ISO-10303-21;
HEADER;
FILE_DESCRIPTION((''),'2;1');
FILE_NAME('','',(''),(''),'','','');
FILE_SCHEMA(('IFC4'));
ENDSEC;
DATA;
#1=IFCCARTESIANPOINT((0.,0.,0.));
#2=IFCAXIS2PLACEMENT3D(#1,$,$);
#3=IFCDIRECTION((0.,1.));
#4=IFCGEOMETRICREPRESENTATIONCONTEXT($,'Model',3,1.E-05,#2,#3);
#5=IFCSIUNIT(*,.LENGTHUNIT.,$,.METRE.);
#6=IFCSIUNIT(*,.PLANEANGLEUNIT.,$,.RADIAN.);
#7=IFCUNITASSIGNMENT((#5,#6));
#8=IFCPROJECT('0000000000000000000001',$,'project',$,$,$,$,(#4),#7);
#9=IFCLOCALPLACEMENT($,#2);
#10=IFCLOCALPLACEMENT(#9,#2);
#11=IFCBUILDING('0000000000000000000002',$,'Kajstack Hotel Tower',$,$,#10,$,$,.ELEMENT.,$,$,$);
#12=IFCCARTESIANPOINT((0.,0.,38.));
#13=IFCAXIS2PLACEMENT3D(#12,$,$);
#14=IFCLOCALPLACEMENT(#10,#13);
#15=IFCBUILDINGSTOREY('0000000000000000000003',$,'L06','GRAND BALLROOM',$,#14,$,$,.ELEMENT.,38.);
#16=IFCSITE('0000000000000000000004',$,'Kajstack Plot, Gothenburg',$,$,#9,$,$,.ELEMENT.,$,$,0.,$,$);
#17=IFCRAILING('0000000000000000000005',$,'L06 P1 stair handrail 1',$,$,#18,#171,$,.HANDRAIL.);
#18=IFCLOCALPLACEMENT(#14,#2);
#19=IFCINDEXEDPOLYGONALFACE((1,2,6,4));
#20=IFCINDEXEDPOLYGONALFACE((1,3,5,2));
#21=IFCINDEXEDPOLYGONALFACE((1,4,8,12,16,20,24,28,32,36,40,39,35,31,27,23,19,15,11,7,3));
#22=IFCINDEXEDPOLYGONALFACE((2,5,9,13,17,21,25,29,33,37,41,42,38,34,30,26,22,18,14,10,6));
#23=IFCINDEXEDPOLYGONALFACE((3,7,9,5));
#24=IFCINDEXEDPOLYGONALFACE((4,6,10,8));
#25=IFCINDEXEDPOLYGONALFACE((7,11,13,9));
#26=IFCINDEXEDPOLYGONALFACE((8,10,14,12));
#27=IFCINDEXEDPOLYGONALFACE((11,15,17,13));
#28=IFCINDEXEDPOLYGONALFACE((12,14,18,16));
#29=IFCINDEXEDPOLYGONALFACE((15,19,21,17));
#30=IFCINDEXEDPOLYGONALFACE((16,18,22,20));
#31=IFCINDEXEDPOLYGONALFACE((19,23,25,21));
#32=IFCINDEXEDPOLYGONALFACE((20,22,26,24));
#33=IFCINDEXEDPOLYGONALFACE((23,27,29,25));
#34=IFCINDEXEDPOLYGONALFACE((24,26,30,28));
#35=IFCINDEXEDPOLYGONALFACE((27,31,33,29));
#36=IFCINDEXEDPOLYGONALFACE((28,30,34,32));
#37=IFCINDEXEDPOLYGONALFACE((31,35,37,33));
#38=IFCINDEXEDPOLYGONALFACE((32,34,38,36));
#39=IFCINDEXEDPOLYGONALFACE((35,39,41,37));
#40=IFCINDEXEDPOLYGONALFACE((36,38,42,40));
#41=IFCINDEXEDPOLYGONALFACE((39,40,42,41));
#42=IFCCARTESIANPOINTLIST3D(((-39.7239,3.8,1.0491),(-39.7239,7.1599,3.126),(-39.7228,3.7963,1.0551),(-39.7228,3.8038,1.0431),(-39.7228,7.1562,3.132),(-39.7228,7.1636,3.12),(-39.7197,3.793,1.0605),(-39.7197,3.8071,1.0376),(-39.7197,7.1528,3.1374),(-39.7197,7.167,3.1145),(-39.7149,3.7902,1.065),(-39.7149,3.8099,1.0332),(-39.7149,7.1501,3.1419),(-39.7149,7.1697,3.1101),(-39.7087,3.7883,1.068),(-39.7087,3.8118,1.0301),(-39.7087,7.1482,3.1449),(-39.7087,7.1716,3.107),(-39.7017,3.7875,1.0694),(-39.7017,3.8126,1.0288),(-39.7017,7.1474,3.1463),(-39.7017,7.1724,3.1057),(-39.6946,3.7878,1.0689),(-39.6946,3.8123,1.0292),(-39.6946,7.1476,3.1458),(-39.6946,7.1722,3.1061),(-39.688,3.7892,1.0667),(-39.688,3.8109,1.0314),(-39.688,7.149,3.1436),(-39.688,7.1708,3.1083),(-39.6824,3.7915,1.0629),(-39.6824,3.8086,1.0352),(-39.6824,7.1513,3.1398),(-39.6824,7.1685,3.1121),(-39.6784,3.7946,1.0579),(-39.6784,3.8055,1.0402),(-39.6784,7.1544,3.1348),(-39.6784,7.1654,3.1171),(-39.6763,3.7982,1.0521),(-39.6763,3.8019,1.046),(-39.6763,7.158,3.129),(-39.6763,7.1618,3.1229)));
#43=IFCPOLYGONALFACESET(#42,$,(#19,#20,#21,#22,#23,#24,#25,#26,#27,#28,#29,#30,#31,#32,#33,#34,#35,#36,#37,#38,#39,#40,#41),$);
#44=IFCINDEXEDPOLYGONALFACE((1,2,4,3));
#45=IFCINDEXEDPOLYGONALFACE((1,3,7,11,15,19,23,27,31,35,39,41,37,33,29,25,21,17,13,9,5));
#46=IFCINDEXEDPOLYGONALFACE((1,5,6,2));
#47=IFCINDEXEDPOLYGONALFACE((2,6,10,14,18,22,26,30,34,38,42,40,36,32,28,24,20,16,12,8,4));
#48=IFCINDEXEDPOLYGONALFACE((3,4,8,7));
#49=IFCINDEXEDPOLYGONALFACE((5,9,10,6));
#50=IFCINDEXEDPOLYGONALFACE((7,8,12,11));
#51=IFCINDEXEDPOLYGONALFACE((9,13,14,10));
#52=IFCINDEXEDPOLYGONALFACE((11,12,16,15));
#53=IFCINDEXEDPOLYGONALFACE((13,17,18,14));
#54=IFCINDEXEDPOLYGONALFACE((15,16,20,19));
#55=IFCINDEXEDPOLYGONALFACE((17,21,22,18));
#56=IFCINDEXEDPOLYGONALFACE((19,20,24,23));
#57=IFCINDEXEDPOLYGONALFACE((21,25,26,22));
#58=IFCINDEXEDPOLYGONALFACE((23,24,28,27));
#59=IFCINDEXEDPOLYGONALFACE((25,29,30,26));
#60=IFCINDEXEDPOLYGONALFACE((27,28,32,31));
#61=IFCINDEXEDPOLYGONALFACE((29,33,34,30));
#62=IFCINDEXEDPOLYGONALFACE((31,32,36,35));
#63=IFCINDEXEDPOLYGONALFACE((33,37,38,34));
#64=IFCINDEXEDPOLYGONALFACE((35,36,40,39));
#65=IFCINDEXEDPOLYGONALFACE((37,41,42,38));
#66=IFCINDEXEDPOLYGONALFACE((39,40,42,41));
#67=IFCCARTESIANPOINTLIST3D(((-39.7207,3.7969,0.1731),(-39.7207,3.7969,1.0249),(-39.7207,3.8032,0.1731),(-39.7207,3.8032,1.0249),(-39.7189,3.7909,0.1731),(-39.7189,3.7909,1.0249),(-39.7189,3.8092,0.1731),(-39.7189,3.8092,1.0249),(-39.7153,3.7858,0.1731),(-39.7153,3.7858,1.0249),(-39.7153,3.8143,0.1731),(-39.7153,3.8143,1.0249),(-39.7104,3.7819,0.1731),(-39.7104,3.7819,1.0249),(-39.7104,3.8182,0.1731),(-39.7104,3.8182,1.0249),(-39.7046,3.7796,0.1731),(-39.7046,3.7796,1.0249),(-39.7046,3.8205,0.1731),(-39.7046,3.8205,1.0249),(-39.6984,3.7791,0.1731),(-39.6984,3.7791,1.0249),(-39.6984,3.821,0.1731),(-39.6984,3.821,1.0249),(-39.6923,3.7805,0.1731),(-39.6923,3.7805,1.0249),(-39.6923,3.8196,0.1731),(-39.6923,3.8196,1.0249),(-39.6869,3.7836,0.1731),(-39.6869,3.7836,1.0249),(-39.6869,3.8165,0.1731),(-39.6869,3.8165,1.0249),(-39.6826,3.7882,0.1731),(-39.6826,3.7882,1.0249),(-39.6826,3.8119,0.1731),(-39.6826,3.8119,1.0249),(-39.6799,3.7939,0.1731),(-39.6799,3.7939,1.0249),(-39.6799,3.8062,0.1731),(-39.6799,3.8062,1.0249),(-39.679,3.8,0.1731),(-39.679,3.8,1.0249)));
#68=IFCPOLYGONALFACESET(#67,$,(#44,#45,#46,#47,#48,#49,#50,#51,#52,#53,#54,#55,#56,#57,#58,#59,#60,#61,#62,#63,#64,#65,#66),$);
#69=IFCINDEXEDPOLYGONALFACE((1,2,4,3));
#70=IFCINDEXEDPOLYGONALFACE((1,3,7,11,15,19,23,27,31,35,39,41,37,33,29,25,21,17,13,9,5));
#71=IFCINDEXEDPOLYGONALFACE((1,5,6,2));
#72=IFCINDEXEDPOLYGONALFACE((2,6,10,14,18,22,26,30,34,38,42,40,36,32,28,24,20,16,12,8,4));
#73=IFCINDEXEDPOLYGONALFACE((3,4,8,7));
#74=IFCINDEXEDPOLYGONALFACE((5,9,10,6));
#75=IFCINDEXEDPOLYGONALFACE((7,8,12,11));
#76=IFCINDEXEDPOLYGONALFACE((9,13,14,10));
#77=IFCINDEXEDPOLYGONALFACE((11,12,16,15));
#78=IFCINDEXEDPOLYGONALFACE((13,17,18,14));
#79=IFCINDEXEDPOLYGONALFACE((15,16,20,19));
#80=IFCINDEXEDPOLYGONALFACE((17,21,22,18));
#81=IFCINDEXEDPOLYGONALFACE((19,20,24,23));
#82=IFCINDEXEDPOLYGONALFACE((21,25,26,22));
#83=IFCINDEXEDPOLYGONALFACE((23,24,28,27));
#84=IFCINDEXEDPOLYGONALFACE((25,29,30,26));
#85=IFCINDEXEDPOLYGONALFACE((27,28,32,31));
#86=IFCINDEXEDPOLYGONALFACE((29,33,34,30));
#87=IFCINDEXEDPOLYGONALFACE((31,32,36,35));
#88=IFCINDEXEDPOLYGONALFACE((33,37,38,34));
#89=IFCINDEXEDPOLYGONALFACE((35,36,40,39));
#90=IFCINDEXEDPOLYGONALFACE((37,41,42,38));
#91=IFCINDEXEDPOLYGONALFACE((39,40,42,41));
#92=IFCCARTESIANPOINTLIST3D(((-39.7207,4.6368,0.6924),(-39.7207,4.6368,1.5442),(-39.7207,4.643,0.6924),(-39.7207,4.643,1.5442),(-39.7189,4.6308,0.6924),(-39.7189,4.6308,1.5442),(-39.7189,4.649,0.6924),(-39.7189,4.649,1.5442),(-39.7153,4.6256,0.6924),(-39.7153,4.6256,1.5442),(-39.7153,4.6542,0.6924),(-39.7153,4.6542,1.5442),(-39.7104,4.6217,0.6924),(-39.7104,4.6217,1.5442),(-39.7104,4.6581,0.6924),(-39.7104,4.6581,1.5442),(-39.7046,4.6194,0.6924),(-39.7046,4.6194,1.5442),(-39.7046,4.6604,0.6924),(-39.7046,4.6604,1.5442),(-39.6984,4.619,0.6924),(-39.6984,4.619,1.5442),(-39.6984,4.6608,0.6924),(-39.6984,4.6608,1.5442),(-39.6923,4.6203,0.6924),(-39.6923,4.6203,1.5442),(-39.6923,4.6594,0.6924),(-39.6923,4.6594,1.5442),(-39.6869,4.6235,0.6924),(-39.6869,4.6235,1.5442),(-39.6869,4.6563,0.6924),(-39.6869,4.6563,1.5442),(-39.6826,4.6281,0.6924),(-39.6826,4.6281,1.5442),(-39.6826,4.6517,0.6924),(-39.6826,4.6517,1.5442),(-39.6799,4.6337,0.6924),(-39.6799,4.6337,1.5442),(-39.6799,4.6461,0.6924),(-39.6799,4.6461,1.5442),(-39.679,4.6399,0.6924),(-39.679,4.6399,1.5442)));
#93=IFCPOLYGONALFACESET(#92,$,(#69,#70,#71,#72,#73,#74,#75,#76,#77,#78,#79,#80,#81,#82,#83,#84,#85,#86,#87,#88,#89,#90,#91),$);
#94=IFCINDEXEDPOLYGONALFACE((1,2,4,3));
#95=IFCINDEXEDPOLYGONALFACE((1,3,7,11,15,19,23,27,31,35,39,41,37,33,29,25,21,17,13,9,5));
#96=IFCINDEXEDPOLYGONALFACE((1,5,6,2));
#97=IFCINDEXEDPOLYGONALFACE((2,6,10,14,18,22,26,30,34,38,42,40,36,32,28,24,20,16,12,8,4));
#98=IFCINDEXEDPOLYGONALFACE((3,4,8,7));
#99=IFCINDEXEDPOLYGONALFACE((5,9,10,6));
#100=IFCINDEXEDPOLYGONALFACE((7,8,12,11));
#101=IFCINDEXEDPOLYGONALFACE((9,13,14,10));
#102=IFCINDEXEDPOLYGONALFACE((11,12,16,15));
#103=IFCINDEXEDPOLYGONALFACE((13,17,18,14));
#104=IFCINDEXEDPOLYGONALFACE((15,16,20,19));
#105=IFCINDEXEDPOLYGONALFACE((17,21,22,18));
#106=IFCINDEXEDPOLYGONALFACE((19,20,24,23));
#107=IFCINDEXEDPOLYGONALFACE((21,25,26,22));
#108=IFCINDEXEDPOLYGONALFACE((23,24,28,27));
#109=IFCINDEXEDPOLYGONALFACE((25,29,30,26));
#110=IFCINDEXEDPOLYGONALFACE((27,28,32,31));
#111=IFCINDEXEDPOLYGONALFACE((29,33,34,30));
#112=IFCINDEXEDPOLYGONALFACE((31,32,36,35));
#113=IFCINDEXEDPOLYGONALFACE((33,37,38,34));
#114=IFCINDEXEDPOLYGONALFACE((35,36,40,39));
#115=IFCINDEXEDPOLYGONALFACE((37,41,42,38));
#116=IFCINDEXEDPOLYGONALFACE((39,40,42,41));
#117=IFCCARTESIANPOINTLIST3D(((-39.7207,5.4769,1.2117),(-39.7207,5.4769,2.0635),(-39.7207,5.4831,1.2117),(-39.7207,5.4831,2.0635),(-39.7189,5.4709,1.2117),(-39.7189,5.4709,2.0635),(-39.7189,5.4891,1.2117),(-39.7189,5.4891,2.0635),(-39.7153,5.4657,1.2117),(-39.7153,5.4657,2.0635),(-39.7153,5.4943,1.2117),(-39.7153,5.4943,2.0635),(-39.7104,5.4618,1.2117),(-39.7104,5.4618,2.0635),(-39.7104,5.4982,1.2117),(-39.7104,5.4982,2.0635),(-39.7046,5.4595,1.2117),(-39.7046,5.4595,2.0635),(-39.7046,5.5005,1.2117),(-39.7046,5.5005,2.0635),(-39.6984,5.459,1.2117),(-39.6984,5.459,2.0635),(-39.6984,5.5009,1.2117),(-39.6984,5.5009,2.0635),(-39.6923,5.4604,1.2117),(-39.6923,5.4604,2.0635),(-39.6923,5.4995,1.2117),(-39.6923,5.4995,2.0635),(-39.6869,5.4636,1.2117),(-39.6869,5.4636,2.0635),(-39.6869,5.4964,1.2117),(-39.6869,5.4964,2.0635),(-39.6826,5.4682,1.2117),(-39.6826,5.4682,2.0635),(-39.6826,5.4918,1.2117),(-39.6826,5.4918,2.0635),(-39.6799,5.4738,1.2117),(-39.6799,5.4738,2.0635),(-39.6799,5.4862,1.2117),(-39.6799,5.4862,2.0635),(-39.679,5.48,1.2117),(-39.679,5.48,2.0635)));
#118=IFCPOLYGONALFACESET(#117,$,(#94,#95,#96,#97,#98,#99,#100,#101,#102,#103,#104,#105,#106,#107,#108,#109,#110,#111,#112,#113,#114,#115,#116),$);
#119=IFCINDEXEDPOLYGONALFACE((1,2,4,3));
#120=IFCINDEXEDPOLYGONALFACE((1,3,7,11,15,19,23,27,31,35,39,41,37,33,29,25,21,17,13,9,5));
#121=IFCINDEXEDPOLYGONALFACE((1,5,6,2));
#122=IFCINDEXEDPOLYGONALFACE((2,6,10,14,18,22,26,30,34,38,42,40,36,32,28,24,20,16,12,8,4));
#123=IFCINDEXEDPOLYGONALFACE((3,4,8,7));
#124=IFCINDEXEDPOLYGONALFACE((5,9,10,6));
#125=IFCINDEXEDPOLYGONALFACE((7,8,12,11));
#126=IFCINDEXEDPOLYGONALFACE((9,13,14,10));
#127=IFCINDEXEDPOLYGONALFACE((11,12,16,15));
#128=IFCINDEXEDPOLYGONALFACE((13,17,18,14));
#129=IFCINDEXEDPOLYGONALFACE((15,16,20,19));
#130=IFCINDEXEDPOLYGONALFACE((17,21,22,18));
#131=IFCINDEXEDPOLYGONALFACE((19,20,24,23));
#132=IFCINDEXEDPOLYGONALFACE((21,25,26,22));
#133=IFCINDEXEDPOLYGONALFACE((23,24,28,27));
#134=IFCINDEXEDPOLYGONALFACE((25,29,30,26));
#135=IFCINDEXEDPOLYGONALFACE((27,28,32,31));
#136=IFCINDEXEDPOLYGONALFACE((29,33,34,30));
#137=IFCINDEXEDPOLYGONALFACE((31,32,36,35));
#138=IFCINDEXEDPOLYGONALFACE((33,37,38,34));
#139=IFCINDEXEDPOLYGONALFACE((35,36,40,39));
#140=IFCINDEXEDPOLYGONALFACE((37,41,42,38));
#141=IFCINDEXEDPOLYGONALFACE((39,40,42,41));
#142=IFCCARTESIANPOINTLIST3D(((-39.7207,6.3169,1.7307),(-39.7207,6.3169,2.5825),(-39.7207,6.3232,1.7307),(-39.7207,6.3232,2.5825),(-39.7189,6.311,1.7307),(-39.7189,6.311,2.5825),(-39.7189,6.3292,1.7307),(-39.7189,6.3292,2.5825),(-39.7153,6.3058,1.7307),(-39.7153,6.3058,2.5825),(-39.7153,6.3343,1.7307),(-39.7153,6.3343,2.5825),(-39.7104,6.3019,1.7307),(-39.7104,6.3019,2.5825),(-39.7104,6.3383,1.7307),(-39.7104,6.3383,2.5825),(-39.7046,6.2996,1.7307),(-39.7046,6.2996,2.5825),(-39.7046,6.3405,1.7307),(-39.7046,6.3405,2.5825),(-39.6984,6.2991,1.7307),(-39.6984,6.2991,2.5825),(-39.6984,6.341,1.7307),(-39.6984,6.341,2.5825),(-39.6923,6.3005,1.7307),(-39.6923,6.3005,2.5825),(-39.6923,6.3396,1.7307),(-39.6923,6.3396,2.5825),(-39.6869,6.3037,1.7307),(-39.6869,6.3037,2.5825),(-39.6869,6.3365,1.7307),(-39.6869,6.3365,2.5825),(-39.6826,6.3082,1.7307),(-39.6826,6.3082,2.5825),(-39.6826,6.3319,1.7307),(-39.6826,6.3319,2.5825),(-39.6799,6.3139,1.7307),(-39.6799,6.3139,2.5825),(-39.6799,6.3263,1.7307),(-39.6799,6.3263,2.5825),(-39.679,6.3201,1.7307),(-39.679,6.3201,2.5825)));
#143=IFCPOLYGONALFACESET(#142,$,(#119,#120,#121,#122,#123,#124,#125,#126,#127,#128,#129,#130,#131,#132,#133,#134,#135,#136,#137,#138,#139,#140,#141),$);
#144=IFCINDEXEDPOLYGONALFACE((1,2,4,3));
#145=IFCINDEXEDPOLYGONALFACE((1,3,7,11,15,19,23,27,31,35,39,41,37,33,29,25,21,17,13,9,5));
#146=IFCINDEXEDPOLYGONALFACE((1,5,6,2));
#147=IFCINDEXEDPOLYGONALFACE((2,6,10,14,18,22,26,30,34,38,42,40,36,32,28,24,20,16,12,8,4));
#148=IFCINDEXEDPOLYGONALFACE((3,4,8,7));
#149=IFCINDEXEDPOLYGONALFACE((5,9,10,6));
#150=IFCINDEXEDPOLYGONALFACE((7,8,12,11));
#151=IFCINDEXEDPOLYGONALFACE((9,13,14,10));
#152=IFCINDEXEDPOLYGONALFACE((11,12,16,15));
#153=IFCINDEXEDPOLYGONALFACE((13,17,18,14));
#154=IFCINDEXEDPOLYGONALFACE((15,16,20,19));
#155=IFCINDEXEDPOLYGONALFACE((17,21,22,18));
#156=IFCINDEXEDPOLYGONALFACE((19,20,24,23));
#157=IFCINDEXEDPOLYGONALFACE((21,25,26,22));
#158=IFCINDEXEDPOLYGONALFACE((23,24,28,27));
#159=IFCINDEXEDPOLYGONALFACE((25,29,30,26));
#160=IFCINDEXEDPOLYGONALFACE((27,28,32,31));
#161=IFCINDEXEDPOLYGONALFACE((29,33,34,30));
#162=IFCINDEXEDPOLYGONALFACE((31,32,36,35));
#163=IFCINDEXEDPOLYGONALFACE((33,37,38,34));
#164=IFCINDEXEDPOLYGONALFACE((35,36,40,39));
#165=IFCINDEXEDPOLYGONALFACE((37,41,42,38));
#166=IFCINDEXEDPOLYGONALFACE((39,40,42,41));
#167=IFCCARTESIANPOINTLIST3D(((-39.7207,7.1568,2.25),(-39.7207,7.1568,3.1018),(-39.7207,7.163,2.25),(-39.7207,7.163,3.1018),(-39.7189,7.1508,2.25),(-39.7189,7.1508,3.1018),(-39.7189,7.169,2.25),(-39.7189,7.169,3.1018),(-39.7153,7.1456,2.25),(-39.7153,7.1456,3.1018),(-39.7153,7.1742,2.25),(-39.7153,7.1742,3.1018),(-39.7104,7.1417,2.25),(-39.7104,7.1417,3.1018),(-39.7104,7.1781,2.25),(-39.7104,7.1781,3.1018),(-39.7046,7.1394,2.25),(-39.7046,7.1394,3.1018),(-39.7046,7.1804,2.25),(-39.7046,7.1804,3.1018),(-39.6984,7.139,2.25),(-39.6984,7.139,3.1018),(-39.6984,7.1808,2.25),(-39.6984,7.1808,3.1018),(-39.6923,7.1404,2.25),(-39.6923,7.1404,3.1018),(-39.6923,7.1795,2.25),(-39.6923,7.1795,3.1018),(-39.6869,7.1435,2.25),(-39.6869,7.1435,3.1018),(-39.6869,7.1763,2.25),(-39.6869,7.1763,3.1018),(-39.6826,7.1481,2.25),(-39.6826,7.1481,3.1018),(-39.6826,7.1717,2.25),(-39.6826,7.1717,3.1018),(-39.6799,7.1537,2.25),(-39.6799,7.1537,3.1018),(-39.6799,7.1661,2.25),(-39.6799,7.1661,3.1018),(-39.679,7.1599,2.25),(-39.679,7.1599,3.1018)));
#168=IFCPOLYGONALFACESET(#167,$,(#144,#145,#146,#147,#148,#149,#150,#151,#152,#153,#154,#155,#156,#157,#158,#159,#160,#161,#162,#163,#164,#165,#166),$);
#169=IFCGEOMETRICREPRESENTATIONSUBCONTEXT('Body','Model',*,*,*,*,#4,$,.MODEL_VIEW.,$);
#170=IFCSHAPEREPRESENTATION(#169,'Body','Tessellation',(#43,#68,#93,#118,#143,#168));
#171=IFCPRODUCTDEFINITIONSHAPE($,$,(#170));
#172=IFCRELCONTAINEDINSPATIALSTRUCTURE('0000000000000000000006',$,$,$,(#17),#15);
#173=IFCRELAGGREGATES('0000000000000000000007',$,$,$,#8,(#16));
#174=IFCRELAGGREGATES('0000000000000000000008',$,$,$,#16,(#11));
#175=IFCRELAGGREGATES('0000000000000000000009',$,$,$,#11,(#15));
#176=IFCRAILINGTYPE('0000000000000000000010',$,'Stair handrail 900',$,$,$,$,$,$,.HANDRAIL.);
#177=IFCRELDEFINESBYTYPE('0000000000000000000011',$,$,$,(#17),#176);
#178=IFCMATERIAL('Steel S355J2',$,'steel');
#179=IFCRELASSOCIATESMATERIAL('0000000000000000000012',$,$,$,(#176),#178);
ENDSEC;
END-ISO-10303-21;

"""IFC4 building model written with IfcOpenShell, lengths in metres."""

from ifc_helpers import new_model, si_unit, direction, frame, origin, origin_2d, place, context, subcontext, project, spatial, circle, extrude, material, type_object, element, save


model = new_model("IFC4")

# Units and contexts
model_context = context("Model", 3, precision=1e-05, world=origin(), true_north=direction((0.0, 1.0)))
body_context = subcontext(model_context, "Body", "Model", "MODEL_VIEW")
ifc_project = project(units=[si_unit("LENGTHUNIT", "METRE"), si_unit("PLANEANGLEUNIT", "RADIAN")], contexts=[model_context])

# Site, building, storey
site_placement = place(None, origin())
site = spatial("IfcSite", under=ifc_project, at=site_placement, Name="Kajstack Plot, Gothenburg", CompositionType="ELEMENT", RefElevation=0.0)
building_placement = place(site_placement, origin())
building = spatial("IfcBuilding", under=site, at=building_placement, Name="Kajstack Hotel Tower", CompositionType="ELEMENT")
storey_placement = place(building_placement, frame((0.0, 0.0, 38.0)))
storey = spatial("IfcBuildingStorey", under=building, at=storey_placement, Name="L06", Description="GRAND BALLROOM", CompositionType="ELEMENT", Elevation=38.0)

# Railing
ifc_material_1 = material(Name="Steel S355J2", Category="steel")
railing_type_1 = type_object("IfcRailingType", Name="Stair handrail 900", PredefinedType="HANDRAIL", material=ifc_material_1)
for number, where, name in (
    (1, (-39.7, 3.8, 0.1731), "L06 P1 stair handrail 1"),
):
    element("IfcRailing", number, at=place(storey_placement, frame(where)), inside=storey, type_object=railing_type_1, Name=name, PredefinedType="HANDRAIL", context=body_context, shape_type="SweptSolid", body=[
        extrude(circle(Radius=0.0239, at=origin_2d()), frame((0.0, 0.0, 0.876), z_axis=(0.0, 0.850606, 0.525803), x_axis=(-1.0, 0.0, 0.0)), (0.0, 0.0, 1.0), 3.95),
        extrude(circle(Radius=0.021, at=origin_2d()), origin(), (0.0, 0.0, 1.0), 0.8518),
        extrude(circle(Radius=0.021, at=origin_2d()), frame((0.0, 0.8398, 0.5193)), (0.0, 0.0, 1.0), 0.8518),
        extrude(circle(Radius=0.021, at=origin_2d()), frame((0.0, 1.6799, 1.0386)), (0.0, 0.0, 1.0), 0.8518),
        extrude(circle(Radius=0.021, at=origin_2d()), frame((0.0, 2.52, 1.5576)), (0.0, 0.0, 1.0), 0.8518),
        extrude(circle(Radius=0.021, at=origin_2d()), frame((0.0, 3.3599, 2.0769)), (0.0, 0.0, 1.0), 0.8518),
    ])

save(model, "model.ifc")
